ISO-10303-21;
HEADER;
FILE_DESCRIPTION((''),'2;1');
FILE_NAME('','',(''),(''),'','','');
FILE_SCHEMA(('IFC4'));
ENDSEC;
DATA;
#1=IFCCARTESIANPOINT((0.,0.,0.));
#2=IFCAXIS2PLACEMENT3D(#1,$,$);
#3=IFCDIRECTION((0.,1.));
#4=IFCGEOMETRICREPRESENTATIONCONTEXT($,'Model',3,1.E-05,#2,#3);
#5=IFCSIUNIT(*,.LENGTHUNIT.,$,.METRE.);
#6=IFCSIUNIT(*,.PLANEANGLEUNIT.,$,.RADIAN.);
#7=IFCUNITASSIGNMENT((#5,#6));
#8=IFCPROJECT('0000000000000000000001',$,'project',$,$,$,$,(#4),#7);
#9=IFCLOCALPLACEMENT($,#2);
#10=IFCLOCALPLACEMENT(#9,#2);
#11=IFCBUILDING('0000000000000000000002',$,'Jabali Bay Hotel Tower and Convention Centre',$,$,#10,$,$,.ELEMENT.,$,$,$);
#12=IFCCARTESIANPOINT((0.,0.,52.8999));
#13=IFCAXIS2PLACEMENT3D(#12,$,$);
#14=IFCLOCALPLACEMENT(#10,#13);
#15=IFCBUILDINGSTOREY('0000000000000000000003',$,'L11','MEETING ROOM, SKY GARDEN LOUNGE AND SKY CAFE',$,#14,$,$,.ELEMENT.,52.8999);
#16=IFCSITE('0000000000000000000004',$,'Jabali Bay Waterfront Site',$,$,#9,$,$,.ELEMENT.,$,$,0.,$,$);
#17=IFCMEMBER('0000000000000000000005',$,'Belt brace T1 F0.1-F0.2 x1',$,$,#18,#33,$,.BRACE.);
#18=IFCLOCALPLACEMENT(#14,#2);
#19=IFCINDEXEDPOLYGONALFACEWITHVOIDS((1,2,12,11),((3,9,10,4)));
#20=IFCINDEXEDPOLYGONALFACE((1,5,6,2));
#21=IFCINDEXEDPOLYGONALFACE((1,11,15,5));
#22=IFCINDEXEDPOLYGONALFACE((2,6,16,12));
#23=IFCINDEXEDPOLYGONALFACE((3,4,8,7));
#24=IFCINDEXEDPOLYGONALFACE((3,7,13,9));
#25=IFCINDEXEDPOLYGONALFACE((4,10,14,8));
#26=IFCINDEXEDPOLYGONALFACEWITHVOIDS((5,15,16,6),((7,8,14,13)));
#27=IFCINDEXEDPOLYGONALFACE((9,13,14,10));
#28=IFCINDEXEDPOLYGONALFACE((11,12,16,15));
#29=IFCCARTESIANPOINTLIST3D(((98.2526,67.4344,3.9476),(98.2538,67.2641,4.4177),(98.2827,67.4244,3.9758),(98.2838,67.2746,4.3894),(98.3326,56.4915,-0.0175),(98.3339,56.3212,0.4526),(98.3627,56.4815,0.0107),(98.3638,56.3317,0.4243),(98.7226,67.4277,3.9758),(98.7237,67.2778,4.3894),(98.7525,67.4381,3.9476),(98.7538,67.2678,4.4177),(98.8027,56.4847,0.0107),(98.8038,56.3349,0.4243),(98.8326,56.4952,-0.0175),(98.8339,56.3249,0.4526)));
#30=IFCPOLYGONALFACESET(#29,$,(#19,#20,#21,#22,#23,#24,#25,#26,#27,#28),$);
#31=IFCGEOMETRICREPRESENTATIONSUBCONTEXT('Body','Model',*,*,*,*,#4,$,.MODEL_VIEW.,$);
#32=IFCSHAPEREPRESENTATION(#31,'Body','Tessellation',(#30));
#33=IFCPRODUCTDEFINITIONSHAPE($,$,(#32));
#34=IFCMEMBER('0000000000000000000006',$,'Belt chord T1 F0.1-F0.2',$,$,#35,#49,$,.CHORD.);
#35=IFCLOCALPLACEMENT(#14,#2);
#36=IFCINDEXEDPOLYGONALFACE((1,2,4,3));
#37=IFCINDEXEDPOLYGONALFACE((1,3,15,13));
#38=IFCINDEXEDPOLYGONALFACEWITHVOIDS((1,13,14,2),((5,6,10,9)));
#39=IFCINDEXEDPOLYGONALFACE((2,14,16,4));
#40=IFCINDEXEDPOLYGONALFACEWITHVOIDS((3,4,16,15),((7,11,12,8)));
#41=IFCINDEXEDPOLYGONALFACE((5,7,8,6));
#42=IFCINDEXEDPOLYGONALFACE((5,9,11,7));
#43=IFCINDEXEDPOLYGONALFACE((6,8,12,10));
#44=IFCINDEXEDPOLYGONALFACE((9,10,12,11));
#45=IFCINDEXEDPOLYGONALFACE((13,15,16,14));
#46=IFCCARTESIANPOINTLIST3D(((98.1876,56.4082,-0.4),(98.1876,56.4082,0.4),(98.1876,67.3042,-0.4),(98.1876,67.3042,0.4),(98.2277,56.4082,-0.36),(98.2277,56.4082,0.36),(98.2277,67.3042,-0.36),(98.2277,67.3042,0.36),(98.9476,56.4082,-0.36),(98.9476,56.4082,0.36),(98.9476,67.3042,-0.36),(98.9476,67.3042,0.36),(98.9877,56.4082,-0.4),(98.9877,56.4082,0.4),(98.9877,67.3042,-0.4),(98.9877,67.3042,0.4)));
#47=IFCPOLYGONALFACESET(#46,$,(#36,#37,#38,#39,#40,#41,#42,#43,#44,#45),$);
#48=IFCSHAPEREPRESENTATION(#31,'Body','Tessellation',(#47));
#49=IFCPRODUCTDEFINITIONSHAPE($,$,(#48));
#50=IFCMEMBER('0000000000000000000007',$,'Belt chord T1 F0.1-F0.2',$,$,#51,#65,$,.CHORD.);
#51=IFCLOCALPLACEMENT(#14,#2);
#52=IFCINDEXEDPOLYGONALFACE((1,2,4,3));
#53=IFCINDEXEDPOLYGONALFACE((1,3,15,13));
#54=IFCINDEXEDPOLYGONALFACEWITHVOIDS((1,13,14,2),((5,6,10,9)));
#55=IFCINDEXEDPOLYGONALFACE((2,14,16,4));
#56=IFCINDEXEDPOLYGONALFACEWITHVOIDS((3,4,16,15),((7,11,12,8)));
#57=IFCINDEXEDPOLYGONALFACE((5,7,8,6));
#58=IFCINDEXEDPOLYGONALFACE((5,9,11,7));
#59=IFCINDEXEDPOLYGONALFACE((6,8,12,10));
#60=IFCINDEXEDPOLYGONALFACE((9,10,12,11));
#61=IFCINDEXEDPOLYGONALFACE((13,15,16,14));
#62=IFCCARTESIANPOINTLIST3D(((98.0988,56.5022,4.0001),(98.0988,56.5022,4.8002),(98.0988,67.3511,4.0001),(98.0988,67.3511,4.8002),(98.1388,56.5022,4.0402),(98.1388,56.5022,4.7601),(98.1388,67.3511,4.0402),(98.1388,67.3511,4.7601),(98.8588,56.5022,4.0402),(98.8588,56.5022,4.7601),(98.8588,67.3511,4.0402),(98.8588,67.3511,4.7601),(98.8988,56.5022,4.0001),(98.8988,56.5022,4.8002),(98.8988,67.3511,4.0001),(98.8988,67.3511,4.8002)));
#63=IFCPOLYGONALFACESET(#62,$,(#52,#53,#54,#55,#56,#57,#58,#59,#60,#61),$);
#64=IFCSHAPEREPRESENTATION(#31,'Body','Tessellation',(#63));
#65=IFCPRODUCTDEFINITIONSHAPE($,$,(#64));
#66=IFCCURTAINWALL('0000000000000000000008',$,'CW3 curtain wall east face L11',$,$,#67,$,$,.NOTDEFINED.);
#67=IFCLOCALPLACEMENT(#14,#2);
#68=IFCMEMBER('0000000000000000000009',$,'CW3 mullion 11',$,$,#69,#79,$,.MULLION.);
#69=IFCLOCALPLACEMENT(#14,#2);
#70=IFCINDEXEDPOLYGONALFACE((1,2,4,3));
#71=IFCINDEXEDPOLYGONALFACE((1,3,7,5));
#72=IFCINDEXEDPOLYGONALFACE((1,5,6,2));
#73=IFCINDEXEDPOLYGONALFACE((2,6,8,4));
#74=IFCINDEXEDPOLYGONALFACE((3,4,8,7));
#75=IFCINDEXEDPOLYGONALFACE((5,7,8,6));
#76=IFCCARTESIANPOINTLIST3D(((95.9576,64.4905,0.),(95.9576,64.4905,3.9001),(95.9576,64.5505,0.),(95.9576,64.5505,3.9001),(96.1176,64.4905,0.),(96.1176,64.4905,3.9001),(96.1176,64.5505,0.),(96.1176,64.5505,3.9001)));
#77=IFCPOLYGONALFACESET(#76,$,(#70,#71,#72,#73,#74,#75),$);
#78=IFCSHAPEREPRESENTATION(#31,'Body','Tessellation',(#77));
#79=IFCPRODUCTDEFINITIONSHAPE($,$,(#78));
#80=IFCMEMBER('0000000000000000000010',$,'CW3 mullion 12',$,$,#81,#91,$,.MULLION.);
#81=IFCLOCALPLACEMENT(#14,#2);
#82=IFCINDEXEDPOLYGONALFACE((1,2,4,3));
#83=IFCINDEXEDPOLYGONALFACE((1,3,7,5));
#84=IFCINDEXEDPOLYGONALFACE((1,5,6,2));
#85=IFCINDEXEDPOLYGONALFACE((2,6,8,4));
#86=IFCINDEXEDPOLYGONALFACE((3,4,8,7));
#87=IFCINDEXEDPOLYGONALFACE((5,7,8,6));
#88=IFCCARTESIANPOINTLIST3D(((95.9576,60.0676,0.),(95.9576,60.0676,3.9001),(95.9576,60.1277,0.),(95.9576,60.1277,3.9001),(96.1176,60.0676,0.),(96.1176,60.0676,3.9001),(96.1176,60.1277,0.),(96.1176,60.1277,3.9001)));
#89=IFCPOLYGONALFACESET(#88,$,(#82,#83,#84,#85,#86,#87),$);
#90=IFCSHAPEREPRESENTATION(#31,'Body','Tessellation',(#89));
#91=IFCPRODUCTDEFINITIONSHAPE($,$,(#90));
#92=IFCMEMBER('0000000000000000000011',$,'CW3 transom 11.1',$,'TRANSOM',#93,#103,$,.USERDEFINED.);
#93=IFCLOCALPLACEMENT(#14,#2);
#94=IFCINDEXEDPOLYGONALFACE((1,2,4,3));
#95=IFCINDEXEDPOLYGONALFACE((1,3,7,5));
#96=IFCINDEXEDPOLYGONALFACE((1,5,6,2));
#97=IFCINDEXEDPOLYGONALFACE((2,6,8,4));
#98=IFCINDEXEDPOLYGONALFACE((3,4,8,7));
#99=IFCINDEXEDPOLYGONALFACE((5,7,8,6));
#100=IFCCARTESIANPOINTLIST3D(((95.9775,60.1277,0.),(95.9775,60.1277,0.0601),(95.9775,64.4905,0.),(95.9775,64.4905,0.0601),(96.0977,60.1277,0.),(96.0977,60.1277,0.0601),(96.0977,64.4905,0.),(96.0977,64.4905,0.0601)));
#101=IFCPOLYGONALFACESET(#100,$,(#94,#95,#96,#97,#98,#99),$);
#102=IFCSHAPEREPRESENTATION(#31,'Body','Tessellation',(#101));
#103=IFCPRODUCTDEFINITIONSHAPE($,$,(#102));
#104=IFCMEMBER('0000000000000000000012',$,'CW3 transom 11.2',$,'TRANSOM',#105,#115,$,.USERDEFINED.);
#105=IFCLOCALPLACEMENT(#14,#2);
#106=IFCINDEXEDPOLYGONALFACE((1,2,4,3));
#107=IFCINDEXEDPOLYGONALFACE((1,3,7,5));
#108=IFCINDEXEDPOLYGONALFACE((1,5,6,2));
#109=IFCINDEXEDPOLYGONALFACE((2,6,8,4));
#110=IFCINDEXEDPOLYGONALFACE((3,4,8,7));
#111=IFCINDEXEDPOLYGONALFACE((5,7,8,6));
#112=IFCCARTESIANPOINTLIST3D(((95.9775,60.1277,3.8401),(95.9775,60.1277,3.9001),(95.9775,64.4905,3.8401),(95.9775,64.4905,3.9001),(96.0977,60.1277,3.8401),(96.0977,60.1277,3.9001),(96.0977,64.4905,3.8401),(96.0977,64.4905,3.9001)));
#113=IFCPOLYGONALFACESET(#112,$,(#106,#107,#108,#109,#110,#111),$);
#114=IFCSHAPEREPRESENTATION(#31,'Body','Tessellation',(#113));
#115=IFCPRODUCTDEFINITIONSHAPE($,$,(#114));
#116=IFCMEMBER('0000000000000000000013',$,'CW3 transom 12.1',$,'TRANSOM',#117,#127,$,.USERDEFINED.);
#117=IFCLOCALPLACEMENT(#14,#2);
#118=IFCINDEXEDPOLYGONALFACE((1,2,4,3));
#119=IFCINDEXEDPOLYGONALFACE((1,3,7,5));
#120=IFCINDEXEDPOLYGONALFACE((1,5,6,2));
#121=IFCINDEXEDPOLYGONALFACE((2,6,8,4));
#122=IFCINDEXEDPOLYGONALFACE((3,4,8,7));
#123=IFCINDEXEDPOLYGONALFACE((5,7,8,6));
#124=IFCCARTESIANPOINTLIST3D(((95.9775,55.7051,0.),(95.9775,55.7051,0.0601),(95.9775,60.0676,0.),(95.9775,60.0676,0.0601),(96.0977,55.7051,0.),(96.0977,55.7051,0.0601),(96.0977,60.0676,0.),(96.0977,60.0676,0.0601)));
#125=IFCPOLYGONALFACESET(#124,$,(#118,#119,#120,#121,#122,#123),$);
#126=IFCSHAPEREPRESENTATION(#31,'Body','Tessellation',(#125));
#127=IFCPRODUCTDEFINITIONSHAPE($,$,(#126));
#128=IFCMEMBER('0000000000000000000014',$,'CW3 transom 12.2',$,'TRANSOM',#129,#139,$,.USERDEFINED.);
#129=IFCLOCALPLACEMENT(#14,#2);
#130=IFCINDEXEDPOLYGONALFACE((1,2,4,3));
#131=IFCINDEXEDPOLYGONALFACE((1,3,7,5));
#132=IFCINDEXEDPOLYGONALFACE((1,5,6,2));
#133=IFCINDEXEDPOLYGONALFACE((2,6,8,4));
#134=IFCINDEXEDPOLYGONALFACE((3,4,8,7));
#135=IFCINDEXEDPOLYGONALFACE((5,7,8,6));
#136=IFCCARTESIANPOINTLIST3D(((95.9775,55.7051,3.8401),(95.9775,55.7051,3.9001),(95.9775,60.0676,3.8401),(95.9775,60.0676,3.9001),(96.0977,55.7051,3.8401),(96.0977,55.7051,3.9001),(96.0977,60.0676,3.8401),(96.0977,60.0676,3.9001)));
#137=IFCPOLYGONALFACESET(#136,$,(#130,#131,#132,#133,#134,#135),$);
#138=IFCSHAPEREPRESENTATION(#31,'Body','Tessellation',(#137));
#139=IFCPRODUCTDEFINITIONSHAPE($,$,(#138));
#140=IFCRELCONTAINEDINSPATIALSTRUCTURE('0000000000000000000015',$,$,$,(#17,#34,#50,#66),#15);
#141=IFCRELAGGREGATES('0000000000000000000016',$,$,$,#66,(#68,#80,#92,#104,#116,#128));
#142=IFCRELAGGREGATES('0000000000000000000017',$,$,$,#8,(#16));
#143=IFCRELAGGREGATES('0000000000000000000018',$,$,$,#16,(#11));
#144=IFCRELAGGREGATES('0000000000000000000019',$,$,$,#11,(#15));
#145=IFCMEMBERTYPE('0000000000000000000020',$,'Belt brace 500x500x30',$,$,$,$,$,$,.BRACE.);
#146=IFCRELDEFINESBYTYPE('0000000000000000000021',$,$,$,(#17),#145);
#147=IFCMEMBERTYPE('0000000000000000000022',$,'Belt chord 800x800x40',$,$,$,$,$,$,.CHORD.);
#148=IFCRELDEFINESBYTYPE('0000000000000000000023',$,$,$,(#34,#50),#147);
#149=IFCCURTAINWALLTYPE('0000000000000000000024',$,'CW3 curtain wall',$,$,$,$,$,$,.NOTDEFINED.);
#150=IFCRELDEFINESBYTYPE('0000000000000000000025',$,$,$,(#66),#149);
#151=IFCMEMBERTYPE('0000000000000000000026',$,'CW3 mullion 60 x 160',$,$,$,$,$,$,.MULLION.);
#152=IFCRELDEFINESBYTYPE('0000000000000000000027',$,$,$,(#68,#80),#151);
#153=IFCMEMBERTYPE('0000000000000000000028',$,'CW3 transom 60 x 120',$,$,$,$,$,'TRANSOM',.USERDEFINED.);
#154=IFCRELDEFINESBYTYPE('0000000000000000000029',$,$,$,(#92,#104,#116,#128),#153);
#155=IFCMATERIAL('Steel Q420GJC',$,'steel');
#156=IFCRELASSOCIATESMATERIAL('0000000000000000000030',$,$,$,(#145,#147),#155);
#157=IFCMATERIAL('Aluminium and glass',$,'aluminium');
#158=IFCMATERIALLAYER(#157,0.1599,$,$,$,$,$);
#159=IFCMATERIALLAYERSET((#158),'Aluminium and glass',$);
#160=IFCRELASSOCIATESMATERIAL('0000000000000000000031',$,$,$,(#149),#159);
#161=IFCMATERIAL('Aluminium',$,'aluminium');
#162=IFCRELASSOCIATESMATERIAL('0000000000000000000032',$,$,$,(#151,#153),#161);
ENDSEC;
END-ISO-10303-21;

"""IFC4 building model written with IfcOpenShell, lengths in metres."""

from ifc_helpers import new_model, si_unit, direction, frame, origin, origin_2d, place, context, subcontext, project, spatial, rectangle, hollow_rectangle, extrude, material, layer, layer_set, material_profile, profile_set, type_object, element, aggregate, save


model = new_model("IFC4")

# Units and contexts
model_context = context("Model", 3, precision=1e-05, world=origin(), true_north=direction((0.0, 1.0)))
body_context = subcontext(model_context, "Body", "Model", "MODEL_VIEW")
ifc_project = project(units=[si_unit("LENGTHUNIT", "METRE"), si_unit("PLANEANGLEUNIT", "RADIAN")], contexts=[model_context])

# Site, building, storey
site_placement = place(None, origin())
site = spatial("IfcSite", under=ifc_project, at=site_placement, Name="Jabali Bay Waterfront Site", CompositionType="ELEMENT", RefElevation=0.0)
building_placement = place(site_placement, origin())
building = spatial("IfcBuilding", under=site, at=building_placement, Name="Jabali Bay Hotel Tower and Convention Centre", CompositionType="ELEMENT")
storey_placement = place(building_placement, frame((0.0, 0.0, 52.8999)))
storey = spatial("IfcBuildingStorey", under=building, at=storey_placement, Name="L11", Description="MEETING ROOM, SKY GARDEN LOUNGE AND SKY CAFE", CompositionType="ELEMENT", Elevation=52.8999)

# Members
ifc_material_1 = material(Name="Steel Q420GJC", Category="steel")
ifc_material_profile_1 = material_profile(ifc_material_1, hollow_rectangle(XDim=0.5, YDim=0.5, WallThickness=0.03, at=origin_2d()), Name="Belt brace 500x500x30")
ifc_profile_set_1 = profile_set([ifc_material_profile_1], Name="Steel Q420GJC")
member_type_1 = type_object("IfcMemberType", Name="Belt brace 500x500x30", PredefinedType="BRACE", material=ifc_profile_set_1)
member_1_placement = place(storey_placement, frame((98.5833, 56.4082, 0.2175), z_axis=(-0.00688, 0.940161, 0.340662), x_axis=(-0.999973, -0.007318, 0.0)))
element("IfcMember", 1, at=member_1_placement, inside=storey, type_object=member_type_1, Name="Belt brace T1 F0.1-F0.2 x1", PredefinedType="BRACE", context=body_context, shape_type="SweptSolid", body=[
    extrude(hollow_rectangle(XDim=0.5, YDim=0.5, WallThickness=0.03, at=origin_2d()), origin(), (0.0, 0.0, 1.0), 11.6394),
])
ifc_material_profile_2 = material_profile(ifc_material_1, hollow_rectangle(XDim=0.8, YDim=0.8, WallThickness=0.04, at=origin_2d()), Name="Belt chord 800x800x40")
ifc_profile_set_2 = profile_set([ifc_material_profile_2], Name="Steel Q420GJC")
member_type_2 = type_object("IfcMemberType", Name="Belt chord 800x800x40", PredefinedType="CHORD", material=ifc_profile_set_2)
member_2_placement = place(storey_placement, frame((98.5876, 56.4082, 0.0), z_axis=(0.0, 1.0, 0.0), x_axis=(-1.0, 0.0, 0.0)))
element("IfcMember", 2, at=member_2_placement, inside=storey, type_object=member_type_2, Name="Belt chord T1 F0.1-F0.2", PredefinedType="CHORD", context=body_context, shape_type="SweptSolid", body=[
    extrude(hollow_rectangle(XDim=0.8, YDim=0.8, WallThickness=0.04, at=origin_2d()), origin(), (0.0, 0.0, 1.0), 10.896),
])
member_3_placement = place(storey_placement, frame((98.4988, 56.5022, 4.4001), z_axis=(0.0, 1.0, 0.0), x_axis=(-1.0, 0.0, 0.0)))
element("IfcMember", 3, at=member_3_placement, inside=storey, type_object=member_type_2, Name="Belt chord T1 F0.1-F0.2", PredefinedType="CHORD", context=body_context, shape_type="SweptSolid", body=[
    extrude(hollow_rectangle(XDim=0.8, YDim=0.8, WallThickness=0.04, at=origin_2d()), origin(), (0.0, 0.0, 1.0), 10.8489),
])

# Curtain wall, members
ifc_material_2 = material(Name="Aluminium and glass", Category="aluminium")
ifc_layer_1 = layer(ifc_material_2, 0.1599)
ifc_layer_set_1 = layer_set([ifc_layer_1], Name="Aluminium and glass")
curtain_wall_type = type_object("IfcCurtainWallType", Name="CW3 curtain wall", PredefinedType="NOTDEFINED", material=ifc_layer_set_1)
curtain_wall_placement = place(storey_placement, origin())
curtain_wall = element("IfcCurtainWall", 4, at=curtain_wall_placement, inside=storey, type_object=curtain_wall_type, Name="CW3 curtain wall east face L11", PredefinedType="NOTDEFINED")
ifc_material_3 = material(Name="Aluminium", Category="aluminium")
ifc_material_profile_3 = material_profile(ifc_material_3, rectangle(XDim=0.1599, YDim=0.0601, at=origin_2d()), Name="CW3 mullion 60 x 160")
ifc_profile_set_3 = profile_set([ifc_material_profile_3], Name="Aluminium")
member_type_3 = type_object("IfcMemberType", Name="CW3 mullion 60 x 160", PredefinedType="MULLION", material=ifc_profile_set_3)
member_4_placement = place(storey_placement, frame((96.0376, 64.5205, 0.0), z_axis=(0.0, 0.0, 1.0), x_axis=(1.0, 0.0, 0.0)))
member_4 = element("IfcMember", 5, at=member_4_placement, type_object=member_type_3, Name="CW3 mullion 11", PredefinedType="MULLION", context=body_context, shape_type="SweptSolid", body=[
    extrude(rectangle(XDim=0.1599, YDim=0.0601, at=origin_2d()), origin(), (0.0, 0.0, 1.0), 3.9001),
])
member_5_placement = place(storey_placement, frame((96.0376, 60.0977, 0.0), z_axis=(0.0, 0.0, 1.0), x_axis=(1.0, 0.0, 0.0)))
member_5 = element("IfcMember", 6, at=member_5_placement, type_object=member_type_3, Name="CW3 mullion 12", PredefinedType="MULLION", context=body_context, shape_type="SweptSolid", body=[
    extrude(rectangle(XDim=0.1599, YDim=0.0601, at=origin_2d()), origin(), (0.0, 0.0, 1.0), 3.9001),
])
ifc_material_profile_4 = material_profile(ifc_material_3, rectangle(XDim=0.1201, YDim=0.0601, at=origin_2d()), Name="CW3 transom 60 x 120")
ifc_profile_set_4 = profile_set([ifc_material_profile_4], Name="Aluminium")
member_type_4 = type_object("IfcMemberType", Name="CW3 transom 60 x 120", ElementType="TRANSOM", PredefinedType="USERDEFINED", material=ifc_profile_set_4)
member_6_placement = place(storey_placement, frame((96.0376, 64.4905, 0.03), z_axis=(0.0, -1.0, 0.0), x_axis=(1.0, 0.0, 0.0)))
member_6 = element("IfcMember", 7, at=member_6_placement, type_object=member_type_4, Name="CW3 transom 11.1", ObjectType="TRANSOM", PredefinedType="USERDEFINED", context=body_context, shape_type="SweptSolid", body=[
    extrude(rectangle(XDim=0.1201, YDim=0.0601, at=origin_2d()), origin(), (0.0, 0.0, 1.0), 4.3628),
])
member_7_placement = place(storey_placement, frame((96.0376, 64.4905, 3.8701), z_axis=(0.0, -1.0, 0.0), x_axis=(1.0, 0.0, 0.0)))
member_7 = element("IfcMember", 8, at=member_7_placement, type_object=member_type_4, Name="CW3 transom 11.2", ObjectType="TRANSOM", PredefinedType="USERDEFINED", context=body_context, shape_type="SweptSolid", body=[
    extrude(rectangle(XDim=0.1201, YDim=0.0601, at=origin_2d()), origin(), (0.0, 0.0, 1.0), 4.3628),
])
member_8_placement = place(storey_placement, frame((96.0376, 60.0676, 0.03), z_axis=(0.0, -1.0, 0.0), x_axis=(1.0, 0.0, 0.0)))
member_8 = element("IfcMember", 9, at=member_8_placement, type_object=member_type_4, Name="CW3 transom 12.1", ObjectType="TRANSOM", PredefinedType="USERDEFINED", context=body_context, shape_type="SweptSolid", body=[
    extrude(rectangle(XDim=0.1201, YDim=0.0601, at=origin_2d()), origin(), (0.0, 0.0, 1.0), 4.3625),
])
member_9_placement = place(storey_placement, frame((96.0376, 60.0676, 3.8701), z_axis=(0.0, -1.0, 0.0), x_axis=(1.0, 0.0, 0.0)))
member_9 = element("IfcMember", 10, at=member_9_placement, type_object=member_type_4, Name="CW3 transom 12.2", ObjectType="TRANSOM", PredefinedType="USERDEFINED", context=body_context, shape_type="SweptSolid", body=[
    extrude(rectangle(XDim=0.1201, YDim=0.0601, at=origin_2d()), origin(), (0.0, 0.0, 1.0), 4.3625),
])

aggregate(curtain_wall, [member_4, member_5, member_6, member_7, member_8, member_9])

save(model, "model.ifc")
